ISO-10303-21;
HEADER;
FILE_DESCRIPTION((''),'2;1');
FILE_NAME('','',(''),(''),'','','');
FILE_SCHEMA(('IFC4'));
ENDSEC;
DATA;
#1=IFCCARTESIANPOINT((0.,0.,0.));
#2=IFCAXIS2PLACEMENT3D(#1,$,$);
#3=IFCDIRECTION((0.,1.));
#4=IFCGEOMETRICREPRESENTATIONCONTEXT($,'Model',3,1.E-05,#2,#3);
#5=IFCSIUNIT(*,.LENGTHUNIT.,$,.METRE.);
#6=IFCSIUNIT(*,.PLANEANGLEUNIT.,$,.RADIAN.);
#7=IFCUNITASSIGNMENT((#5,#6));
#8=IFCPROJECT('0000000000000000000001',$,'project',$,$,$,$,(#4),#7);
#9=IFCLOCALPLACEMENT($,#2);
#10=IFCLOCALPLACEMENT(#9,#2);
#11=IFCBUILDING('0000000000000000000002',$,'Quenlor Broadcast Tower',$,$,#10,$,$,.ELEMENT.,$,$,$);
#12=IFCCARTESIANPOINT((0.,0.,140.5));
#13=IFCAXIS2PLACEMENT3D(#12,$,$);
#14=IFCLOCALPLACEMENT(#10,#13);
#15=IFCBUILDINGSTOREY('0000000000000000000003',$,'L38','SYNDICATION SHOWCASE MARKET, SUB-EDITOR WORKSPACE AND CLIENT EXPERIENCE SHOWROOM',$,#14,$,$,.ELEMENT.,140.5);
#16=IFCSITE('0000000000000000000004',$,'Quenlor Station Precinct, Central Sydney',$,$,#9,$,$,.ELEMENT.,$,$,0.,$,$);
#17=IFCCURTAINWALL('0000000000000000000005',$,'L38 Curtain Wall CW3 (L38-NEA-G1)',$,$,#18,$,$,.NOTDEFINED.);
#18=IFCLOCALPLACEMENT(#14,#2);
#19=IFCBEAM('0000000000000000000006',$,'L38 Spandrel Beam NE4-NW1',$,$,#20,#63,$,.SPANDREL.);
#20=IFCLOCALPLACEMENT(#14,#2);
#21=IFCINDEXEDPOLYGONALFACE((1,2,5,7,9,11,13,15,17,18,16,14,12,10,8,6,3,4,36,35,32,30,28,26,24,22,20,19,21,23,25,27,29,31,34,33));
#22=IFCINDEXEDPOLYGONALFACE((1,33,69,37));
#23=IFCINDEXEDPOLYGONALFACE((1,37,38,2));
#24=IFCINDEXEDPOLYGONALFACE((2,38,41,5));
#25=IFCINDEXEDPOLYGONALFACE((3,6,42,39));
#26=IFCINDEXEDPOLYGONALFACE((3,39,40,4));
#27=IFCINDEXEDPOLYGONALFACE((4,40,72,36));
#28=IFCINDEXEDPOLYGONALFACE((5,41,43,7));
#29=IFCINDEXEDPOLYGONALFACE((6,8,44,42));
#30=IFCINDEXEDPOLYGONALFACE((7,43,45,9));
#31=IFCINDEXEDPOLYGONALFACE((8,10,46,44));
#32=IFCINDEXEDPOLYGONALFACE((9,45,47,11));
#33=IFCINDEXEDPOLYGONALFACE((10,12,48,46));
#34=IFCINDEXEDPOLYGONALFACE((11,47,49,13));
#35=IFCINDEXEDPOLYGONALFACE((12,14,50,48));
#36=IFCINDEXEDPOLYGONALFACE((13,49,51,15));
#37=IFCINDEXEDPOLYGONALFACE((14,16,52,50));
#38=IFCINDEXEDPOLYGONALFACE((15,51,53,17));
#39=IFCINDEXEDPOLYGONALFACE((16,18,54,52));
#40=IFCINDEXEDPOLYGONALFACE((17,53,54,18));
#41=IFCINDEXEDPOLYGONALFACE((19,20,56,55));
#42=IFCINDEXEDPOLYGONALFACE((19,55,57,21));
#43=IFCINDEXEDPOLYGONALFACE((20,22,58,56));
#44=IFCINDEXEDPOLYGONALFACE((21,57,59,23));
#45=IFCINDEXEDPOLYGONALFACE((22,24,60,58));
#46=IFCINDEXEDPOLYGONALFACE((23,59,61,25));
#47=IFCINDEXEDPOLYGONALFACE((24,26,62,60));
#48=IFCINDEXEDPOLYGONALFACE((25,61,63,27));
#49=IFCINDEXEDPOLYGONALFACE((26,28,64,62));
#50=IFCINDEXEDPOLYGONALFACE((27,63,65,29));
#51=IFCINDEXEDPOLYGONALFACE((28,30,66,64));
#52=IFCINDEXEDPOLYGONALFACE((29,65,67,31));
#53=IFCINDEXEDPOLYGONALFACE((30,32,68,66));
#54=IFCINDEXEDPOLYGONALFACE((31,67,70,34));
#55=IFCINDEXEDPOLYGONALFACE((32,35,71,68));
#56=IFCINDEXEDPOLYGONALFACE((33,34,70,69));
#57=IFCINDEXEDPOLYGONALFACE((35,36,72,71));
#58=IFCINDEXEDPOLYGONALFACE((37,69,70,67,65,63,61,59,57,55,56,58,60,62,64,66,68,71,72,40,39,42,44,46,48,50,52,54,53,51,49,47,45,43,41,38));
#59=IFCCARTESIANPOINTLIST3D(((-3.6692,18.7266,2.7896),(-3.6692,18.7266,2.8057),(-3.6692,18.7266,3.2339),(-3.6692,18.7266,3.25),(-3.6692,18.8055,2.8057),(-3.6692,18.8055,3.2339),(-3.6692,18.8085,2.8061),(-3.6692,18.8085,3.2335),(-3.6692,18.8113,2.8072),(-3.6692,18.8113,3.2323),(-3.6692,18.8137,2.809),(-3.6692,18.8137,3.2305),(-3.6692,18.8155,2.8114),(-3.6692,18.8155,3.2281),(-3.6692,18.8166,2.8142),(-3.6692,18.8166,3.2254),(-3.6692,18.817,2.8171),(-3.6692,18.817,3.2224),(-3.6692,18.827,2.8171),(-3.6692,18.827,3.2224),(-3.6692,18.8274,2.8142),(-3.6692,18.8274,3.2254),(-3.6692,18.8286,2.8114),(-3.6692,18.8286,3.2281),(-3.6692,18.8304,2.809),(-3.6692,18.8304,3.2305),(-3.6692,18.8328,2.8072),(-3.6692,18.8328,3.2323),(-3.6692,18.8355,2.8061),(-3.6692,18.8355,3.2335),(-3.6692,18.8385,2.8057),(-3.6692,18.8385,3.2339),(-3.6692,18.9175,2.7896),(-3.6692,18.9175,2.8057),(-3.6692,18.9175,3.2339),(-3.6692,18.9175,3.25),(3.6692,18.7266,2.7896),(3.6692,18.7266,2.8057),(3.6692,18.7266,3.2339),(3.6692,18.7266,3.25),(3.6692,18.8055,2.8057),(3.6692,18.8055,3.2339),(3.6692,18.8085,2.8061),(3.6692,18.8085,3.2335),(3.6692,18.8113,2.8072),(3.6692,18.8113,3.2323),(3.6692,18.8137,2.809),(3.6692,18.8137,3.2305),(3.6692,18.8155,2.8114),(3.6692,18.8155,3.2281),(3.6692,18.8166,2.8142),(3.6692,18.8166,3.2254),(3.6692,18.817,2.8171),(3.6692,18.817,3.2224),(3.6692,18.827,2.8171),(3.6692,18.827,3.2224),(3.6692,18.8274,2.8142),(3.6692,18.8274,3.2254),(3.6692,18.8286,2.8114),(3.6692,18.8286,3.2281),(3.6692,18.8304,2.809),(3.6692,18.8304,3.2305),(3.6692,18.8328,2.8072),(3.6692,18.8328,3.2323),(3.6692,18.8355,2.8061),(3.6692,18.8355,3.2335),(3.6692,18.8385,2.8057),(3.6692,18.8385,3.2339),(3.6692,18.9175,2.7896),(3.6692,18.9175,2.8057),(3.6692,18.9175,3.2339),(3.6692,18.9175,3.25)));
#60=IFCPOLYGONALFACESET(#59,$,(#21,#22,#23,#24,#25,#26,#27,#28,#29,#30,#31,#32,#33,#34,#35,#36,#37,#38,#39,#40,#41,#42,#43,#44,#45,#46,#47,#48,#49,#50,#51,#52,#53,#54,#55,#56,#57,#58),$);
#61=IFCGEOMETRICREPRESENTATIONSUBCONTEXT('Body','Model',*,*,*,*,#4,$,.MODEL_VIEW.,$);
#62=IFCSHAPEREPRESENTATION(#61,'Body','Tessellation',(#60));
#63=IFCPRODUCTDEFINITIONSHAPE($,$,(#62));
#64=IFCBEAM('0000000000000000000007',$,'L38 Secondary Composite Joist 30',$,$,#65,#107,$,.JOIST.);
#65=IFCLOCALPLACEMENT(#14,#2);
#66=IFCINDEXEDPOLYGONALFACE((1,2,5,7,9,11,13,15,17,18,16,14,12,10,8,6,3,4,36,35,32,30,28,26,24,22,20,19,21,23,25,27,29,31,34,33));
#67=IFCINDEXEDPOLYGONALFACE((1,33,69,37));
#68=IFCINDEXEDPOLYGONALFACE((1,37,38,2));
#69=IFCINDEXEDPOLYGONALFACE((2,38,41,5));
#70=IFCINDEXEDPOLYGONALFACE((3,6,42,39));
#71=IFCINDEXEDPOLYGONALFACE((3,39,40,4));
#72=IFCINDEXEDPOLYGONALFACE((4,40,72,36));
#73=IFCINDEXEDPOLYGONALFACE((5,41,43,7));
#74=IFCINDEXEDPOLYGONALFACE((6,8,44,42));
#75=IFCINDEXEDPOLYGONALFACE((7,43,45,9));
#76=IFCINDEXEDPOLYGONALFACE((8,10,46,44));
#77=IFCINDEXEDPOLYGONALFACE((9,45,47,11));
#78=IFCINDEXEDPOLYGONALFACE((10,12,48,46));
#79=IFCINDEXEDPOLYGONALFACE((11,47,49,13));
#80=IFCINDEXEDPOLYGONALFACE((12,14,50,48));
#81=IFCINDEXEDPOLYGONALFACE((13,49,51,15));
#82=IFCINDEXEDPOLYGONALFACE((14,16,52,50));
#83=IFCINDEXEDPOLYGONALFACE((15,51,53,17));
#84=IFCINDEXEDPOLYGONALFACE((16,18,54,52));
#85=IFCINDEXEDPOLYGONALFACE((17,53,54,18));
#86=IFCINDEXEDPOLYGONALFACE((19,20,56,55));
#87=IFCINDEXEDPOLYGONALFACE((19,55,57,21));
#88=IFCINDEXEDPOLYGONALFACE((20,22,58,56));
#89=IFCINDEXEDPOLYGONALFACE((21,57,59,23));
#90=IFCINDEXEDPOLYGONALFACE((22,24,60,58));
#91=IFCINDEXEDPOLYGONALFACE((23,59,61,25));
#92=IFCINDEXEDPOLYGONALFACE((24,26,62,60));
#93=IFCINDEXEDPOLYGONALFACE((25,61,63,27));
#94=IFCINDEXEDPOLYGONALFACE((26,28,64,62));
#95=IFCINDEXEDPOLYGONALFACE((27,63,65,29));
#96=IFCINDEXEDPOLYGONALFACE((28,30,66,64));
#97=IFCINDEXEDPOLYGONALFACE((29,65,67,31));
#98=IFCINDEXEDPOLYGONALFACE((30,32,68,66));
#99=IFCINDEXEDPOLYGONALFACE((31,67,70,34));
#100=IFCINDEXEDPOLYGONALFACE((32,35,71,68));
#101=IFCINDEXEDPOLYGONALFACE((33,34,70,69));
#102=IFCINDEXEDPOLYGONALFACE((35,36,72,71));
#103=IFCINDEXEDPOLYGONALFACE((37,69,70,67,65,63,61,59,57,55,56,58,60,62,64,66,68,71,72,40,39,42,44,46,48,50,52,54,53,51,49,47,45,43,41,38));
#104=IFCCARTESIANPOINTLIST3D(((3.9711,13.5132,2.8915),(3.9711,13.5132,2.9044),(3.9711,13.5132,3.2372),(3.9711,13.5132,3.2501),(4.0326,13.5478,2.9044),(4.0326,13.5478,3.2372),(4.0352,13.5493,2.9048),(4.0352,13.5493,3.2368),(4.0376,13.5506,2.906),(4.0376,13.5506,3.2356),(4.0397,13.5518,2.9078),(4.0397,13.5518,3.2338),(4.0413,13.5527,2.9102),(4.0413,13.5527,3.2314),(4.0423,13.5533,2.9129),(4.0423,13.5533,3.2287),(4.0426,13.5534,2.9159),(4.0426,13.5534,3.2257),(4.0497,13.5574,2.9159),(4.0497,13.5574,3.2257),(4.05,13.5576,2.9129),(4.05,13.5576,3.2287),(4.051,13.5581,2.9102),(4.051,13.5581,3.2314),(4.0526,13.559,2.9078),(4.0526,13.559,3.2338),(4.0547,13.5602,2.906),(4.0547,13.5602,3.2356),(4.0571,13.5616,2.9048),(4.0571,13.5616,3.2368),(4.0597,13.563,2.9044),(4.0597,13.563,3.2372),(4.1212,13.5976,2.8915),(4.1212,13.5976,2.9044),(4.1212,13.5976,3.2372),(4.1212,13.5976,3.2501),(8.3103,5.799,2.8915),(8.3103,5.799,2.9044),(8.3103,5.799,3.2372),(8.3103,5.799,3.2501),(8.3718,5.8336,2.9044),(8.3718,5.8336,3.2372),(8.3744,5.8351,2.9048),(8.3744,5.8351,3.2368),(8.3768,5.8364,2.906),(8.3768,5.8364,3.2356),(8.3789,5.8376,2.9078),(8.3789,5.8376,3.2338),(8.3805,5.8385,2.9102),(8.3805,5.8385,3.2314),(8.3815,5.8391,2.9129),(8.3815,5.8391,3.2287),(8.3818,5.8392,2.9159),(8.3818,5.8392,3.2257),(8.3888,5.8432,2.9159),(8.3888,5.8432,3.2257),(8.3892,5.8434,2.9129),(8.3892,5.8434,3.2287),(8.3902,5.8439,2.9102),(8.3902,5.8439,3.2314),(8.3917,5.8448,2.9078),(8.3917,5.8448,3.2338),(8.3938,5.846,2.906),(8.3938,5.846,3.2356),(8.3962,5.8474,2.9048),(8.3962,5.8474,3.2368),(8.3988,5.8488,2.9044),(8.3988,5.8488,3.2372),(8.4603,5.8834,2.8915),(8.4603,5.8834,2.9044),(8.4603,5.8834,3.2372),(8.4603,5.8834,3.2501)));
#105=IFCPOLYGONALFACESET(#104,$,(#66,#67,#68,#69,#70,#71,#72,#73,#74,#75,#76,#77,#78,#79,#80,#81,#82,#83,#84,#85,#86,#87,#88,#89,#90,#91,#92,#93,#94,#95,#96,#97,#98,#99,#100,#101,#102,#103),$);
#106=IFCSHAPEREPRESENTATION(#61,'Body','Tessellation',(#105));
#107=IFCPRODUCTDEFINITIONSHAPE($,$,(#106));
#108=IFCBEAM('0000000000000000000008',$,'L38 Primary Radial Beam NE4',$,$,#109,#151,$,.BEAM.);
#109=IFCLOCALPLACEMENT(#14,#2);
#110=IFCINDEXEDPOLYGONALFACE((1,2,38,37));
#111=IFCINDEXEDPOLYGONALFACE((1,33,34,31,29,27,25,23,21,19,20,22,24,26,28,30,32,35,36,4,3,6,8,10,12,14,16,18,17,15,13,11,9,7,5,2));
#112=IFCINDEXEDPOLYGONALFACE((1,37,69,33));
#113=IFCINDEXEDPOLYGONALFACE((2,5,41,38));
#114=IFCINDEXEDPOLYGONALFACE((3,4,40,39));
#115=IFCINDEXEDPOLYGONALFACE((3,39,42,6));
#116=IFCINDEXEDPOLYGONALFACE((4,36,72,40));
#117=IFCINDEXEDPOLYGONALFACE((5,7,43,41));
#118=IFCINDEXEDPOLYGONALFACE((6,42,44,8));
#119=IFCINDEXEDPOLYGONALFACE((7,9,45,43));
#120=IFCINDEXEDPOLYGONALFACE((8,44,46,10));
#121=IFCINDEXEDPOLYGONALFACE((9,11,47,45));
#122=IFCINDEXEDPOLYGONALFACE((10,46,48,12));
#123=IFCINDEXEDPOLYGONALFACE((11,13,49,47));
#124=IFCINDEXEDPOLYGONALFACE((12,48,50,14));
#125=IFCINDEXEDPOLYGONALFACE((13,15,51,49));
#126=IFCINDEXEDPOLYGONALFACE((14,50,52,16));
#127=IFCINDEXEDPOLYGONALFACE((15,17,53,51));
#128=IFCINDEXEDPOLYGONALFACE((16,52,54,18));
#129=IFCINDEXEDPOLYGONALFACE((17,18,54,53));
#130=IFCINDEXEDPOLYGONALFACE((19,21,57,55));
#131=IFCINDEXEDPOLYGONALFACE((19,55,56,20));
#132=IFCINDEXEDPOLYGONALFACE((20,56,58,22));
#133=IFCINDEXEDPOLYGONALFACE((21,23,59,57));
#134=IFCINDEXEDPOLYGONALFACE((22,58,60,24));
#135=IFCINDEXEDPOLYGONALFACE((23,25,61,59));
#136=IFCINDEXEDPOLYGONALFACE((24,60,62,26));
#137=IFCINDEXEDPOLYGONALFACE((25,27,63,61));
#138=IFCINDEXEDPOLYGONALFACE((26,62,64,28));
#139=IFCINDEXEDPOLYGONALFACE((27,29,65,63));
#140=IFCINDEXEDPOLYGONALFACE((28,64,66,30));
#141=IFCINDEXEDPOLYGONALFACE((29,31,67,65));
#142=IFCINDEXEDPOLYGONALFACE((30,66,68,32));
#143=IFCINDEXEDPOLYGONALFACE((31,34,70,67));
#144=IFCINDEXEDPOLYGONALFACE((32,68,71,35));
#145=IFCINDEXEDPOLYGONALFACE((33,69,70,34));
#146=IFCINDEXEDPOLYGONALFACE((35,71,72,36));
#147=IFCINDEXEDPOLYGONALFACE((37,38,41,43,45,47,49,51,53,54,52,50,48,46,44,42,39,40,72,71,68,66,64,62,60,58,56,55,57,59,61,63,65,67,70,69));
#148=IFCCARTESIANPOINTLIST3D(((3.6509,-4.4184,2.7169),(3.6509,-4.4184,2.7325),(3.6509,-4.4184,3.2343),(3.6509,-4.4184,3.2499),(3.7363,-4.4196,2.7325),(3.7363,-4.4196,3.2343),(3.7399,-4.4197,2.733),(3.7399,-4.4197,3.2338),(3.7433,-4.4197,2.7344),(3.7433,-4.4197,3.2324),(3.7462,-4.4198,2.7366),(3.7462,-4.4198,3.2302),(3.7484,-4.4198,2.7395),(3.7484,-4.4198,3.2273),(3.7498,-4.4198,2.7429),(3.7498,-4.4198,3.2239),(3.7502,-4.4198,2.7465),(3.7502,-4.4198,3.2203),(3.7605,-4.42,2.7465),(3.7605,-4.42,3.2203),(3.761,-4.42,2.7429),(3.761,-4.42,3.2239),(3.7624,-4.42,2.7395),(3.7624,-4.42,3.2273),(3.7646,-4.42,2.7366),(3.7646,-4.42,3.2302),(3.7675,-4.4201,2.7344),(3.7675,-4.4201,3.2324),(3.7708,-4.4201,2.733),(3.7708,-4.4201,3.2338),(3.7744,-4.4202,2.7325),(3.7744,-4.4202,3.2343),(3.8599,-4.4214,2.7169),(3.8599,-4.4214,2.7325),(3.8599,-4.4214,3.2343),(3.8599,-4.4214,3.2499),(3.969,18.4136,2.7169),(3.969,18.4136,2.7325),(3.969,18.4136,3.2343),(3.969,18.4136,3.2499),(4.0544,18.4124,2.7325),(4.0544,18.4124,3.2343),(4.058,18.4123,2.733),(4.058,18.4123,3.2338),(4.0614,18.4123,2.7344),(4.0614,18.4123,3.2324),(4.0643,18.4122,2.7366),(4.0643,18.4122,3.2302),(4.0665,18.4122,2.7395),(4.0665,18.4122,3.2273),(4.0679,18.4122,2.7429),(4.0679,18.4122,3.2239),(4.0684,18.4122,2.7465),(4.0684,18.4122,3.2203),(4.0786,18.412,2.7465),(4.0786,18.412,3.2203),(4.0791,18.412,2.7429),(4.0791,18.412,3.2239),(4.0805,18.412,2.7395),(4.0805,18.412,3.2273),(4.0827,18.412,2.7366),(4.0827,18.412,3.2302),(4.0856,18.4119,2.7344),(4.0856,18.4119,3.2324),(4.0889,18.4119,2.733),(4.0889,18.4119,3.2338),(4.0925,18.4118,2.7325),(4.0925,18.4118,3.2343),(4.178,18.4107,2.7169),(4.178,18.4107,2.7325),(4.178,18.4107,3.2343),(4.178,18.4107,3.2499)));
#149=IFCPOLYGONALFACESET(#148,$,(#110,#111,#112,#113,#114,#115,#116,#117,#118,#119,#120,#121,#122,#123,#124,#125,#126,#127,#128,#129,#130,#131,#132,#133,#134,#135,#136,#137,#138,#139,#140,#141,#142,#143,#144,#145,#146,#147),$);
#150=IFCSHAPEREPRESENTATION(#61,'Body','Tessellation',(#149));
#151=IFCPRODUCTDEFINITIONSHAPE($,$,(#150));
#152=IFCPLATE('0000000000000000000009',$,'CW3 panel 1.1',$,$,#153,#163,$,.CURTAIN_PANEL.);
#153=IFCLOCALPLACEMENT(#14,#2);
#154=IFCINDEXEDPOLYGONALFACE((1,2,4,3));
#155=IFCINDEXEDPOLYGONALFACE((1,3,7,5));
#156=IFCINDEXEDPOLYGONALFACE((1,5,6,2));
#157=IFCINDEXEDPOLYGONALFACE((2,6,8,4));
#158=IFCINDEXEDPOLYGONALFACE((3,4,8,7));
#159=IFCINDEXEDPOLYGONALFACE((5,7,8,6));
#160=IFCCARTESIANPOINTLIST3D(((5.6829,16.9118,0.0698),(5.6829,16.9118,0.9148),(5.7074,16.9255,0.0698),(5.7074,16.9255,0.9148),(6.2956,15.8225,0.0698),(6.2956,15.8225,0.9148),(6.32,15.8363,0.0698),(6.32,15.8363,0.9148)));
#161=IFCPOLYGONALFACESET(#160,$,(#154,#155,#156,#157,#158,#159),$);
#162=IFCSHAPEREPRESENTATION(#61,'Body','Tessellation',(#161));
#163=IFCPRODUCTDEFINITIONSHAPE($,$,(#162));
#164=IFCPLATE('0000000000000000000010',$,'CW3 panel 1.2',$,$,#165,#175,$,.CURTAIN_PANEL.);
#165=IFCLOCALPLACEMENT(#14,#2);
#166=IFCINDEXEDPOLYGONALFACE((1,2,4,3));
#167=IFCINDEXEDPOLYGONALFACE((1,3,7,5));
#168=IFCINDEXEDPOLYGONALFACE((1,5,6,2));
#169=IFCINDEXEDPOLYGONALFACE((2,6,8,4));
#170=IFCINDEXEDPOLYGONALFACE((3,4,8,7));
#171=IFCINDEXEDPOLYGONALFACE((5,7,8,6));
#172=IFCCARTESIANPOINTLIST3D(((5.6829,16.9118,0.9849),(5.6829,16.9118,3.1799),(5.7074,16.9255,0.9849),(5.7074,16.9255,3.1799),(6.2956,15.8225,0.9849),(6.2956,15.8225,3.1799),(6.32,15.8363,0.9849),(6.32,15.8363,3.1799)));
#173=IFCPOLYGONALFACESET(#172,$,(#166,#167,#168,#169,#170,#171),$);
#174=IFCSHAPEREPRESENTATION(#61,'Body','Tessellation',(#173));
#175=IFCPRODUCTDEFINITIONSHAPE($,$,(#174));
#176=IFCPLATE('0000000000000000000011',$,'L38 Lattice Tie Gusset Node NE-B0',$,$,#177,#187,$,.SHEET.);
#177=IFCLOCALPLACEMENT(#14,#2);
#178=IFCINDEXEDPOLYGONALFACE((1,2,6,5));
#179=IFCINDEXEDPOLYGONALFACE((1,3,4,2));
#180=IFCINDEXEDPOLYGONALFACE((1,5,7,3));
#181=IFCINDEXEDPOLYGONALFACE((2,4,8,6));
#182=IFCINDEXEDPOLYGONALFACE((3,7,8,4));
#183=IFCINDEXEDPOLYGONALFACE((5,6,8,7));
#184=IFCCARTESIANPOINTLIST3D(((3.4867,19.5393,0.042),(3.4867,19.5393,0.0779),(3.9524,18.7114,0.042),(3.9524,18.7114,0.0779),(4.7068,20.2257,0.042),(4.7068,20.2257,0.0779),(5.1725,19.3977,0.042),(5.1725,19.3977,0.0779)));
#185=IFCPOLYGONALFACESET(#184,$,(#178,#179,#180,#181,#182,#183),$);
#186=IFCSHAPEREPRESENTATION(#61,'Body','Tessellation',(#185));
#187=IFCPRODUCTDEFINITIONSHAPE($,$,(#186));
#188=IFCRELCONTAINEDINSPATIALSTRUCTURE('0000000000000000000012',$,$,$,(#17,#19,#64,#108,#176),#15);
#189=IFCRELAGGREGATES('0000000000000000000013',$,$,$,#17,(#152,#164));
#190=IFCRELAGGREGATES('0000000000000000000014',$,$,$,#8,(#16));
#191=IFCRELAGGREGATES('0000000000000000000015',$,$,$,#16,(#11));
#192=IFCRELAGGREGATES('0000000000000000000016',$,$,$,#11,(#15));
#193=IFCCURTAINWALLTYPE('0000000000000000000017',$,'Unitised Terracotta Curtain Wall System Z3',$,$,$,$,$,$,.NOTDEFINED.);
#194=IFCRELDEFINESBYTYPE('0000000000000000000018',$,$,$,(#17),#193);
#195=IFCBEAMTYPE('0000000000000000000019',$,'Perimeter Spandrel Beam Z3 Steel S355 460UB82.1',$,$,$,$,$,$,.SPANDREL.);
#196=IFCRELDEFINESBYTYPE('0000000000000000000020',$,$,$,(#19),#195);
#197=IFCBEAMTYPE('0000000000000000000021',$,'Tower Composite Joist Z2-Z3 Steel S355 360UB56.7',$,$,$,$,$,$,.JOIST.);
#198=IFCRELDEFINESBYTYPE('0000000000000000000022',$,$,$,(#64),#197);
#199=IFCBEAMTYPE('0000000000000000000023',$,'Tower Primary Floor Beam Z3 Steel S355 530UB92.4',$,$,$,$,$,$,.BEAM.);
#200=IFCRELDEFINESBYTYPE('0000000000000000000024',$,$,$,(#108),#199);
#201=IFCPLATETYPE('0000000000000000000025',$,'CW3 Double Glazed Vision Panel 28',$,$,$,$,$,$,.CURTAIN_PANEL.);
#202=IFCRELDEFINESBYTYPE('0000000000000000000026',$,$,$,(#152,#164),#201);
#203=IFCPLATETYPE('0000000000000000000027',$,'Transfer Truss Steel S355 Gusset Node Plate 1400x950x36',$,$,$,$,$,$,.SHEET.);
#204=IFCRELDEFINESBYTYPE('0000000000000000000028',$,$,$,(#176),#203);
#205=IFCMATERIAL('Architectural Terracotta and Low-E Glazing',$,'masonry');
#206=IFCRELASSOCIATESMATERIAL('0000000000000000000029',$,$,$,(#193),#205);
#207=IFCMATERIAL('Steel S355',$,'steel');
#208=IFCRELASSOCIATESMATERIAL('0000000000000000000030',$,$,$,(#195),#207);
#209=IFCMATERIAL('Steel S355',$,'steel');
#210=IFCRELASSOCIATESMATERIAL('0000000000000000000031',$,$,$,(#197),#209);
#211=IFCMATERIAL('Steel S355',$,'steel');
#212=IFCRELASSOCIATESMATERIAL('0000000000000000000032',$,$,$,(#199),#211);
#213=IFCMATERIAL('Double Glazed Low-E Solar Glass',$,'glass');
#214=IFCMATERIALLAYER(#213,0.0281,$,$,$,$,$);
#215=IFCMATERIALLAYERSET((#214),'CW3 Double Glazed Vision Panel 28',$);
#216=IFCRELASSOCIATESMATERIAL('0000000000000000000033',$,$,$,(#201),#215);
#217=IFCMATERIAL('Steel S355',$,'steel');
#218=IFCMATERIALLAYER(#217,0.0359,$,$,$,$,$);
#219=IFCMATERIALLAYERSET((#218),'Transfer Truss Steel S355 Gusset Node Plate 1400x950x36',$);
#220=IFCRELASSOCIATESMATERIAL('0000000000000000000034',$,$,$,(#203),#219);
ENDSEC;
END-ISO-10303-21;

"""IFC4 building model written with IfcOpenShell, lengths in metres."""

from ifc_helpers import new_model, si_unit, direction, frame, origin, origin_2d, place, context, subcontext, project, spatial, rectangle, i_section, extrude, material, layer, layer_set, material_profile, profile_set, type_object, element, aggregate, save


model = new_model("IFC4")

# Units and contexts
model_context = context("Model", 3, precision=1e-05, world=origin(), true_north=direction((0.0, 1.0)))
body_context = subcontext(model_context, "Body", "Model", "MODEL_VIEW")
ifc_project = project(units=[si_unit("LENGTHUNIT", "METRE"), si_unit("PLANEANGLEUNIT", "RADIAN")], contexts=[model_context])

# Site, building, storey
site_placement = place(None, origin())
site = spatial("IfcSite", under=ifc_project, at=site_placement, Name="Quenlor Station Precinct, Central Sydney", CompositionType="ELEMENT", RefElevation=0.0)
building_placement = place(site_placement, origin())
building = spatial("IfcBuilding", under=site, at=building_placement, Name="Quenlor Broadcast Tower", CompositionType="ELEMENT")
storey_placement = place(building_placement, frame((0.0, 0.0, 140.5)))
storey = spatial("IfcBuildingStorey", under=building, at=storey_placement, Name="L38", Description="SYNDICATION SHOWCASE MARKET, SUB-EDITOR WORKSPACE AND CLIENT EXPERIENCE SHOWROOM", CompositionType="ELEMENT", Elevation=140.5)

# Curtain wall
ifc_material_1 = material(Name="Architectural Terracotta and Low-E Glazing", Category="masonry")
curtain_wall_type = type_object("IfcCurtainWallType", Name="Unitised Terracotta Curtain Wall System Z3", PredefinedType="NOTDEFINED", material=ifc_material_1)
curtain_wall_1_placement = place(storey_placement, origin())
curtain_wall_1 = element("IfcCurtainWall", 1, at=curtain_wall_1_placement, inside=storey, type_object=curtain_wall_type, Name="L38 Curtain Wall CW3 (L38-NEA-G1)", PredefinedType="NOTDEFINED")

# Beams
ifc_material_2 = material(Name="Steel S355", Category="steel")
ifc_material_profile_1 = material_profile(ifc_material_2, i_section(OverallWidth=0.1909, OverallDepth=0.4604, WebThickness=0.01, FlangeThickness=0.0161, FilletRadius=0.0115, at=origin_2d()))
ifc_profile_set_1 = profile_set([ifc_material_profile_1], Name="Steel S355 460UB82.1")
beam_type_1 = type_object("IfcBeamType", Name="Perimeter Spandrel Beam Z3 Steel S355 460UB82.1", PredefinedType="SPANDREL", material=ifc_profile_set_1)
beam_1_placement = place(storey_placement, frame((3.6692, 18.822, 3.0198), z_axis=(-1.0, 0.0, 0.0), x_axis=(0.0, -1.0, 0.0)))
element("IfcBeam", 2, at=beam_1_placement, inside=storey, type_object=beam_type_1, Name="L38 Spandrel Beam NE4-NW1", PredefinedType="SPANDREL", context=body_context, shape_type="SweptSolid", body=[
    extrude(i_section(OverallWidth=0.1909, OverallDepth=0.4604, WebThickness=0.01, FlangeThickness=0.0161, FilletRadius=0.0115, at=origin_2d()), origin(), (0.0, 0.0, 1.0), 7.3384),
])
ifc_material_3 = material(Name="Steel S355", Category="steel")
ifc_material_profile_2 = material_profile(ifc_material_3, i_section(OverallWidth=0.1721, OverallDepth=0.3586, WebThickness=0.0081, FlangeThickness=0.0129, FilletRadius=0.0115, at=origin_2d()))
ifc_profile_set_2 = profile_set([ifc_material_profile_2], Name="Steel S355 360UB56.7")
beam_type_2 = type_object("IfcBeamType", Name="Tower Composite Joist Z2-Z3 Steel S355 360UB56.7", PredefinedType="JOIST", material=ifc_profile_set_2)
beam_2_placement = place(storey_placement, frame((4.0461, 13.5554, 3.0708), z_axis=(0.490255, -0.871579, 0.0), x_axis=(0.871579, 0.490255, 0.0)))
element("IfcBeam", 3, at=beam_2_placement, inside=storey, type_object=beam_type_2, Name="L38 Secondary Composite Joist 30", PredefinedType="JOIST", context=body_context, shape_type="SweptSolid", body=[
    extrude(i_section(OverallWidth=0.1721, OverallDepth=0.3586, WebThickness=0.0081, FlangeThickness=0.0129, FilletRadius=0.0115, at=origin_2d()), origin(), (0.0, 0.0, 1.0), 8.8508),
])
ifc_material_4 = material(Name="Steel S355", Category="steel")
ifc_material_profile_3 = material_profile(ifc_material_4, i_section(OverallWidth=0.209, OverallDepth=0.533, WebThickness=0.0103, FlangeThickness=0.0156, FilletRadius=0.0139, at=origin_2d()))
ifc_profile_set_3 = profile_set([ifc_material_profile_3], Name="Steel S355 530UB92.4")
beam_type_3 = type_object("IfcBeamType", Name="Tower Primary Floor Beam Z3 Steel S355 530UB92.4", PredefinedType="BEAM", material=ifc_profile_set_3)
beam_3_placement = place(storey_placement, frame((4.0735, 18.4121, 2.9834), z_axis=(-0.013931, -0.999903, 0.0), x_axis=(0.999903, -0.013931, 0.0)))
element("IfcBeam", 4, at=beam_3_placement, inside=storey, type_object=beam_type_3, Name="L38 Primary Radial Beam NE4", PredefinedType="BEAM", context=body_context, shape_type="SweptSolid", body=[
    extrude(i_section(OverallWidth=0.209, OverallDepth=0.533, WebThickness=0.0103, FlangeThickness=0.0156, FilletRadius=0.0139, at=origin_2d()), origin(), (0.0, 0.0, 1.0), 22.8342),
])

# Plates
ifc_material_5 = material(Name="Double Glazed Low-E Solar Glass", Category="glass")
ifc_layer_1 = layer(ifc_material_5, 0.0281)
ifc_layer_set_1 = layer_set([ifc_layer_1], Name="CW3 Double Glazed Vision Panel 28")
plate_type_1 = type_object("IfcPlateType", Name="CW3 Double Glazed Vision Panel 28", PredefinedType="CURTAIN_PANEL", material=ifc_layer_set_1)
plate_1_placement = place(storey_placement, frame((6.0015, 16.374, 0.0698), z_axis=(0.0, 0.0, 1.0), x_axis=(0.49023, -0.871593, 0.0)))
plate_1 = element("IfcPlate", 5, at=plate_1_placement, type_object=plate_type_1, Name="CW3 panel 1.1", PredefinedType="CURTAIN_PANEL", context=body_context, shape_type="SweptSolid", body=[
    extrude(rectangle(XDim=1.2498, YDim=0.0281, at=origin_2d()), origin(), (0.0, 0.0, 1.0), 0.845),
])
plate_2_placement = place(storey_placement, frame((6.0015, 16.374, 0.9849), z_axis=(0.0, 0.0, 1.0), x_axis=(0.49023, -0.871593, 0.0)))
plate_2 = element("IfcPlate", 6, at=plate_2_placement, type_object=plate_type_1, Name="CW3 panel 1.2", PredefinedType="CURTAIN_PANEL", context=body_context, shape_type="SweptSolid", body=[
    extrude(rectangle(XDim=1.2498, YDim=0.0281, at=origin_2d()), origin(), (0.0, 0.0, 1.0), 2.1951),
])
aggregate(curtain_wall_1, [plate_1, plate_2])

# Plate
ifc_material_6 = material(Name="Steel S355", Category="steel")
ifc_layer_2 = layer(ifc_material_6, 0.0359)
ifc_layer_set_2 = layer_set([ifc_layer_2], Name="Transfer Truss Steel S355 Gusset Node Plate 1400x950x36")
plate_type_2 = type_object("IfcPlateType", Name="Transfer Truss Steel S355 Gusset Node Plate 1400x950x36", PredefinedType="SHEET", material=ifc_layer_set_2)
for number, where, z_axis, x_axis, name in (
    (7, (4.3296, 19.4685, 0.042), (0.0, 0.0, 1.0), (0.871556, 0.490295, 0.0), "L38 Lattice Tie Gusset Node NE-B0"),
):
    element("IfcPlate", number, at=place(storey_placement, frame(where, z_axis=z_axis, x_axis=x_axis)), inside=storey, type_object=plate_type_2, Name=name, PredefinedType="SHEET", context=body_context, shape_type="SweptSolid", body=[
        extrude(rectangle(XDim=1.3999, YDim=0.95, at=origin_2d()), origin(), (0.0, 0.0, 1.0), 0.0359),
    ])

save(model, "model.ifc")
